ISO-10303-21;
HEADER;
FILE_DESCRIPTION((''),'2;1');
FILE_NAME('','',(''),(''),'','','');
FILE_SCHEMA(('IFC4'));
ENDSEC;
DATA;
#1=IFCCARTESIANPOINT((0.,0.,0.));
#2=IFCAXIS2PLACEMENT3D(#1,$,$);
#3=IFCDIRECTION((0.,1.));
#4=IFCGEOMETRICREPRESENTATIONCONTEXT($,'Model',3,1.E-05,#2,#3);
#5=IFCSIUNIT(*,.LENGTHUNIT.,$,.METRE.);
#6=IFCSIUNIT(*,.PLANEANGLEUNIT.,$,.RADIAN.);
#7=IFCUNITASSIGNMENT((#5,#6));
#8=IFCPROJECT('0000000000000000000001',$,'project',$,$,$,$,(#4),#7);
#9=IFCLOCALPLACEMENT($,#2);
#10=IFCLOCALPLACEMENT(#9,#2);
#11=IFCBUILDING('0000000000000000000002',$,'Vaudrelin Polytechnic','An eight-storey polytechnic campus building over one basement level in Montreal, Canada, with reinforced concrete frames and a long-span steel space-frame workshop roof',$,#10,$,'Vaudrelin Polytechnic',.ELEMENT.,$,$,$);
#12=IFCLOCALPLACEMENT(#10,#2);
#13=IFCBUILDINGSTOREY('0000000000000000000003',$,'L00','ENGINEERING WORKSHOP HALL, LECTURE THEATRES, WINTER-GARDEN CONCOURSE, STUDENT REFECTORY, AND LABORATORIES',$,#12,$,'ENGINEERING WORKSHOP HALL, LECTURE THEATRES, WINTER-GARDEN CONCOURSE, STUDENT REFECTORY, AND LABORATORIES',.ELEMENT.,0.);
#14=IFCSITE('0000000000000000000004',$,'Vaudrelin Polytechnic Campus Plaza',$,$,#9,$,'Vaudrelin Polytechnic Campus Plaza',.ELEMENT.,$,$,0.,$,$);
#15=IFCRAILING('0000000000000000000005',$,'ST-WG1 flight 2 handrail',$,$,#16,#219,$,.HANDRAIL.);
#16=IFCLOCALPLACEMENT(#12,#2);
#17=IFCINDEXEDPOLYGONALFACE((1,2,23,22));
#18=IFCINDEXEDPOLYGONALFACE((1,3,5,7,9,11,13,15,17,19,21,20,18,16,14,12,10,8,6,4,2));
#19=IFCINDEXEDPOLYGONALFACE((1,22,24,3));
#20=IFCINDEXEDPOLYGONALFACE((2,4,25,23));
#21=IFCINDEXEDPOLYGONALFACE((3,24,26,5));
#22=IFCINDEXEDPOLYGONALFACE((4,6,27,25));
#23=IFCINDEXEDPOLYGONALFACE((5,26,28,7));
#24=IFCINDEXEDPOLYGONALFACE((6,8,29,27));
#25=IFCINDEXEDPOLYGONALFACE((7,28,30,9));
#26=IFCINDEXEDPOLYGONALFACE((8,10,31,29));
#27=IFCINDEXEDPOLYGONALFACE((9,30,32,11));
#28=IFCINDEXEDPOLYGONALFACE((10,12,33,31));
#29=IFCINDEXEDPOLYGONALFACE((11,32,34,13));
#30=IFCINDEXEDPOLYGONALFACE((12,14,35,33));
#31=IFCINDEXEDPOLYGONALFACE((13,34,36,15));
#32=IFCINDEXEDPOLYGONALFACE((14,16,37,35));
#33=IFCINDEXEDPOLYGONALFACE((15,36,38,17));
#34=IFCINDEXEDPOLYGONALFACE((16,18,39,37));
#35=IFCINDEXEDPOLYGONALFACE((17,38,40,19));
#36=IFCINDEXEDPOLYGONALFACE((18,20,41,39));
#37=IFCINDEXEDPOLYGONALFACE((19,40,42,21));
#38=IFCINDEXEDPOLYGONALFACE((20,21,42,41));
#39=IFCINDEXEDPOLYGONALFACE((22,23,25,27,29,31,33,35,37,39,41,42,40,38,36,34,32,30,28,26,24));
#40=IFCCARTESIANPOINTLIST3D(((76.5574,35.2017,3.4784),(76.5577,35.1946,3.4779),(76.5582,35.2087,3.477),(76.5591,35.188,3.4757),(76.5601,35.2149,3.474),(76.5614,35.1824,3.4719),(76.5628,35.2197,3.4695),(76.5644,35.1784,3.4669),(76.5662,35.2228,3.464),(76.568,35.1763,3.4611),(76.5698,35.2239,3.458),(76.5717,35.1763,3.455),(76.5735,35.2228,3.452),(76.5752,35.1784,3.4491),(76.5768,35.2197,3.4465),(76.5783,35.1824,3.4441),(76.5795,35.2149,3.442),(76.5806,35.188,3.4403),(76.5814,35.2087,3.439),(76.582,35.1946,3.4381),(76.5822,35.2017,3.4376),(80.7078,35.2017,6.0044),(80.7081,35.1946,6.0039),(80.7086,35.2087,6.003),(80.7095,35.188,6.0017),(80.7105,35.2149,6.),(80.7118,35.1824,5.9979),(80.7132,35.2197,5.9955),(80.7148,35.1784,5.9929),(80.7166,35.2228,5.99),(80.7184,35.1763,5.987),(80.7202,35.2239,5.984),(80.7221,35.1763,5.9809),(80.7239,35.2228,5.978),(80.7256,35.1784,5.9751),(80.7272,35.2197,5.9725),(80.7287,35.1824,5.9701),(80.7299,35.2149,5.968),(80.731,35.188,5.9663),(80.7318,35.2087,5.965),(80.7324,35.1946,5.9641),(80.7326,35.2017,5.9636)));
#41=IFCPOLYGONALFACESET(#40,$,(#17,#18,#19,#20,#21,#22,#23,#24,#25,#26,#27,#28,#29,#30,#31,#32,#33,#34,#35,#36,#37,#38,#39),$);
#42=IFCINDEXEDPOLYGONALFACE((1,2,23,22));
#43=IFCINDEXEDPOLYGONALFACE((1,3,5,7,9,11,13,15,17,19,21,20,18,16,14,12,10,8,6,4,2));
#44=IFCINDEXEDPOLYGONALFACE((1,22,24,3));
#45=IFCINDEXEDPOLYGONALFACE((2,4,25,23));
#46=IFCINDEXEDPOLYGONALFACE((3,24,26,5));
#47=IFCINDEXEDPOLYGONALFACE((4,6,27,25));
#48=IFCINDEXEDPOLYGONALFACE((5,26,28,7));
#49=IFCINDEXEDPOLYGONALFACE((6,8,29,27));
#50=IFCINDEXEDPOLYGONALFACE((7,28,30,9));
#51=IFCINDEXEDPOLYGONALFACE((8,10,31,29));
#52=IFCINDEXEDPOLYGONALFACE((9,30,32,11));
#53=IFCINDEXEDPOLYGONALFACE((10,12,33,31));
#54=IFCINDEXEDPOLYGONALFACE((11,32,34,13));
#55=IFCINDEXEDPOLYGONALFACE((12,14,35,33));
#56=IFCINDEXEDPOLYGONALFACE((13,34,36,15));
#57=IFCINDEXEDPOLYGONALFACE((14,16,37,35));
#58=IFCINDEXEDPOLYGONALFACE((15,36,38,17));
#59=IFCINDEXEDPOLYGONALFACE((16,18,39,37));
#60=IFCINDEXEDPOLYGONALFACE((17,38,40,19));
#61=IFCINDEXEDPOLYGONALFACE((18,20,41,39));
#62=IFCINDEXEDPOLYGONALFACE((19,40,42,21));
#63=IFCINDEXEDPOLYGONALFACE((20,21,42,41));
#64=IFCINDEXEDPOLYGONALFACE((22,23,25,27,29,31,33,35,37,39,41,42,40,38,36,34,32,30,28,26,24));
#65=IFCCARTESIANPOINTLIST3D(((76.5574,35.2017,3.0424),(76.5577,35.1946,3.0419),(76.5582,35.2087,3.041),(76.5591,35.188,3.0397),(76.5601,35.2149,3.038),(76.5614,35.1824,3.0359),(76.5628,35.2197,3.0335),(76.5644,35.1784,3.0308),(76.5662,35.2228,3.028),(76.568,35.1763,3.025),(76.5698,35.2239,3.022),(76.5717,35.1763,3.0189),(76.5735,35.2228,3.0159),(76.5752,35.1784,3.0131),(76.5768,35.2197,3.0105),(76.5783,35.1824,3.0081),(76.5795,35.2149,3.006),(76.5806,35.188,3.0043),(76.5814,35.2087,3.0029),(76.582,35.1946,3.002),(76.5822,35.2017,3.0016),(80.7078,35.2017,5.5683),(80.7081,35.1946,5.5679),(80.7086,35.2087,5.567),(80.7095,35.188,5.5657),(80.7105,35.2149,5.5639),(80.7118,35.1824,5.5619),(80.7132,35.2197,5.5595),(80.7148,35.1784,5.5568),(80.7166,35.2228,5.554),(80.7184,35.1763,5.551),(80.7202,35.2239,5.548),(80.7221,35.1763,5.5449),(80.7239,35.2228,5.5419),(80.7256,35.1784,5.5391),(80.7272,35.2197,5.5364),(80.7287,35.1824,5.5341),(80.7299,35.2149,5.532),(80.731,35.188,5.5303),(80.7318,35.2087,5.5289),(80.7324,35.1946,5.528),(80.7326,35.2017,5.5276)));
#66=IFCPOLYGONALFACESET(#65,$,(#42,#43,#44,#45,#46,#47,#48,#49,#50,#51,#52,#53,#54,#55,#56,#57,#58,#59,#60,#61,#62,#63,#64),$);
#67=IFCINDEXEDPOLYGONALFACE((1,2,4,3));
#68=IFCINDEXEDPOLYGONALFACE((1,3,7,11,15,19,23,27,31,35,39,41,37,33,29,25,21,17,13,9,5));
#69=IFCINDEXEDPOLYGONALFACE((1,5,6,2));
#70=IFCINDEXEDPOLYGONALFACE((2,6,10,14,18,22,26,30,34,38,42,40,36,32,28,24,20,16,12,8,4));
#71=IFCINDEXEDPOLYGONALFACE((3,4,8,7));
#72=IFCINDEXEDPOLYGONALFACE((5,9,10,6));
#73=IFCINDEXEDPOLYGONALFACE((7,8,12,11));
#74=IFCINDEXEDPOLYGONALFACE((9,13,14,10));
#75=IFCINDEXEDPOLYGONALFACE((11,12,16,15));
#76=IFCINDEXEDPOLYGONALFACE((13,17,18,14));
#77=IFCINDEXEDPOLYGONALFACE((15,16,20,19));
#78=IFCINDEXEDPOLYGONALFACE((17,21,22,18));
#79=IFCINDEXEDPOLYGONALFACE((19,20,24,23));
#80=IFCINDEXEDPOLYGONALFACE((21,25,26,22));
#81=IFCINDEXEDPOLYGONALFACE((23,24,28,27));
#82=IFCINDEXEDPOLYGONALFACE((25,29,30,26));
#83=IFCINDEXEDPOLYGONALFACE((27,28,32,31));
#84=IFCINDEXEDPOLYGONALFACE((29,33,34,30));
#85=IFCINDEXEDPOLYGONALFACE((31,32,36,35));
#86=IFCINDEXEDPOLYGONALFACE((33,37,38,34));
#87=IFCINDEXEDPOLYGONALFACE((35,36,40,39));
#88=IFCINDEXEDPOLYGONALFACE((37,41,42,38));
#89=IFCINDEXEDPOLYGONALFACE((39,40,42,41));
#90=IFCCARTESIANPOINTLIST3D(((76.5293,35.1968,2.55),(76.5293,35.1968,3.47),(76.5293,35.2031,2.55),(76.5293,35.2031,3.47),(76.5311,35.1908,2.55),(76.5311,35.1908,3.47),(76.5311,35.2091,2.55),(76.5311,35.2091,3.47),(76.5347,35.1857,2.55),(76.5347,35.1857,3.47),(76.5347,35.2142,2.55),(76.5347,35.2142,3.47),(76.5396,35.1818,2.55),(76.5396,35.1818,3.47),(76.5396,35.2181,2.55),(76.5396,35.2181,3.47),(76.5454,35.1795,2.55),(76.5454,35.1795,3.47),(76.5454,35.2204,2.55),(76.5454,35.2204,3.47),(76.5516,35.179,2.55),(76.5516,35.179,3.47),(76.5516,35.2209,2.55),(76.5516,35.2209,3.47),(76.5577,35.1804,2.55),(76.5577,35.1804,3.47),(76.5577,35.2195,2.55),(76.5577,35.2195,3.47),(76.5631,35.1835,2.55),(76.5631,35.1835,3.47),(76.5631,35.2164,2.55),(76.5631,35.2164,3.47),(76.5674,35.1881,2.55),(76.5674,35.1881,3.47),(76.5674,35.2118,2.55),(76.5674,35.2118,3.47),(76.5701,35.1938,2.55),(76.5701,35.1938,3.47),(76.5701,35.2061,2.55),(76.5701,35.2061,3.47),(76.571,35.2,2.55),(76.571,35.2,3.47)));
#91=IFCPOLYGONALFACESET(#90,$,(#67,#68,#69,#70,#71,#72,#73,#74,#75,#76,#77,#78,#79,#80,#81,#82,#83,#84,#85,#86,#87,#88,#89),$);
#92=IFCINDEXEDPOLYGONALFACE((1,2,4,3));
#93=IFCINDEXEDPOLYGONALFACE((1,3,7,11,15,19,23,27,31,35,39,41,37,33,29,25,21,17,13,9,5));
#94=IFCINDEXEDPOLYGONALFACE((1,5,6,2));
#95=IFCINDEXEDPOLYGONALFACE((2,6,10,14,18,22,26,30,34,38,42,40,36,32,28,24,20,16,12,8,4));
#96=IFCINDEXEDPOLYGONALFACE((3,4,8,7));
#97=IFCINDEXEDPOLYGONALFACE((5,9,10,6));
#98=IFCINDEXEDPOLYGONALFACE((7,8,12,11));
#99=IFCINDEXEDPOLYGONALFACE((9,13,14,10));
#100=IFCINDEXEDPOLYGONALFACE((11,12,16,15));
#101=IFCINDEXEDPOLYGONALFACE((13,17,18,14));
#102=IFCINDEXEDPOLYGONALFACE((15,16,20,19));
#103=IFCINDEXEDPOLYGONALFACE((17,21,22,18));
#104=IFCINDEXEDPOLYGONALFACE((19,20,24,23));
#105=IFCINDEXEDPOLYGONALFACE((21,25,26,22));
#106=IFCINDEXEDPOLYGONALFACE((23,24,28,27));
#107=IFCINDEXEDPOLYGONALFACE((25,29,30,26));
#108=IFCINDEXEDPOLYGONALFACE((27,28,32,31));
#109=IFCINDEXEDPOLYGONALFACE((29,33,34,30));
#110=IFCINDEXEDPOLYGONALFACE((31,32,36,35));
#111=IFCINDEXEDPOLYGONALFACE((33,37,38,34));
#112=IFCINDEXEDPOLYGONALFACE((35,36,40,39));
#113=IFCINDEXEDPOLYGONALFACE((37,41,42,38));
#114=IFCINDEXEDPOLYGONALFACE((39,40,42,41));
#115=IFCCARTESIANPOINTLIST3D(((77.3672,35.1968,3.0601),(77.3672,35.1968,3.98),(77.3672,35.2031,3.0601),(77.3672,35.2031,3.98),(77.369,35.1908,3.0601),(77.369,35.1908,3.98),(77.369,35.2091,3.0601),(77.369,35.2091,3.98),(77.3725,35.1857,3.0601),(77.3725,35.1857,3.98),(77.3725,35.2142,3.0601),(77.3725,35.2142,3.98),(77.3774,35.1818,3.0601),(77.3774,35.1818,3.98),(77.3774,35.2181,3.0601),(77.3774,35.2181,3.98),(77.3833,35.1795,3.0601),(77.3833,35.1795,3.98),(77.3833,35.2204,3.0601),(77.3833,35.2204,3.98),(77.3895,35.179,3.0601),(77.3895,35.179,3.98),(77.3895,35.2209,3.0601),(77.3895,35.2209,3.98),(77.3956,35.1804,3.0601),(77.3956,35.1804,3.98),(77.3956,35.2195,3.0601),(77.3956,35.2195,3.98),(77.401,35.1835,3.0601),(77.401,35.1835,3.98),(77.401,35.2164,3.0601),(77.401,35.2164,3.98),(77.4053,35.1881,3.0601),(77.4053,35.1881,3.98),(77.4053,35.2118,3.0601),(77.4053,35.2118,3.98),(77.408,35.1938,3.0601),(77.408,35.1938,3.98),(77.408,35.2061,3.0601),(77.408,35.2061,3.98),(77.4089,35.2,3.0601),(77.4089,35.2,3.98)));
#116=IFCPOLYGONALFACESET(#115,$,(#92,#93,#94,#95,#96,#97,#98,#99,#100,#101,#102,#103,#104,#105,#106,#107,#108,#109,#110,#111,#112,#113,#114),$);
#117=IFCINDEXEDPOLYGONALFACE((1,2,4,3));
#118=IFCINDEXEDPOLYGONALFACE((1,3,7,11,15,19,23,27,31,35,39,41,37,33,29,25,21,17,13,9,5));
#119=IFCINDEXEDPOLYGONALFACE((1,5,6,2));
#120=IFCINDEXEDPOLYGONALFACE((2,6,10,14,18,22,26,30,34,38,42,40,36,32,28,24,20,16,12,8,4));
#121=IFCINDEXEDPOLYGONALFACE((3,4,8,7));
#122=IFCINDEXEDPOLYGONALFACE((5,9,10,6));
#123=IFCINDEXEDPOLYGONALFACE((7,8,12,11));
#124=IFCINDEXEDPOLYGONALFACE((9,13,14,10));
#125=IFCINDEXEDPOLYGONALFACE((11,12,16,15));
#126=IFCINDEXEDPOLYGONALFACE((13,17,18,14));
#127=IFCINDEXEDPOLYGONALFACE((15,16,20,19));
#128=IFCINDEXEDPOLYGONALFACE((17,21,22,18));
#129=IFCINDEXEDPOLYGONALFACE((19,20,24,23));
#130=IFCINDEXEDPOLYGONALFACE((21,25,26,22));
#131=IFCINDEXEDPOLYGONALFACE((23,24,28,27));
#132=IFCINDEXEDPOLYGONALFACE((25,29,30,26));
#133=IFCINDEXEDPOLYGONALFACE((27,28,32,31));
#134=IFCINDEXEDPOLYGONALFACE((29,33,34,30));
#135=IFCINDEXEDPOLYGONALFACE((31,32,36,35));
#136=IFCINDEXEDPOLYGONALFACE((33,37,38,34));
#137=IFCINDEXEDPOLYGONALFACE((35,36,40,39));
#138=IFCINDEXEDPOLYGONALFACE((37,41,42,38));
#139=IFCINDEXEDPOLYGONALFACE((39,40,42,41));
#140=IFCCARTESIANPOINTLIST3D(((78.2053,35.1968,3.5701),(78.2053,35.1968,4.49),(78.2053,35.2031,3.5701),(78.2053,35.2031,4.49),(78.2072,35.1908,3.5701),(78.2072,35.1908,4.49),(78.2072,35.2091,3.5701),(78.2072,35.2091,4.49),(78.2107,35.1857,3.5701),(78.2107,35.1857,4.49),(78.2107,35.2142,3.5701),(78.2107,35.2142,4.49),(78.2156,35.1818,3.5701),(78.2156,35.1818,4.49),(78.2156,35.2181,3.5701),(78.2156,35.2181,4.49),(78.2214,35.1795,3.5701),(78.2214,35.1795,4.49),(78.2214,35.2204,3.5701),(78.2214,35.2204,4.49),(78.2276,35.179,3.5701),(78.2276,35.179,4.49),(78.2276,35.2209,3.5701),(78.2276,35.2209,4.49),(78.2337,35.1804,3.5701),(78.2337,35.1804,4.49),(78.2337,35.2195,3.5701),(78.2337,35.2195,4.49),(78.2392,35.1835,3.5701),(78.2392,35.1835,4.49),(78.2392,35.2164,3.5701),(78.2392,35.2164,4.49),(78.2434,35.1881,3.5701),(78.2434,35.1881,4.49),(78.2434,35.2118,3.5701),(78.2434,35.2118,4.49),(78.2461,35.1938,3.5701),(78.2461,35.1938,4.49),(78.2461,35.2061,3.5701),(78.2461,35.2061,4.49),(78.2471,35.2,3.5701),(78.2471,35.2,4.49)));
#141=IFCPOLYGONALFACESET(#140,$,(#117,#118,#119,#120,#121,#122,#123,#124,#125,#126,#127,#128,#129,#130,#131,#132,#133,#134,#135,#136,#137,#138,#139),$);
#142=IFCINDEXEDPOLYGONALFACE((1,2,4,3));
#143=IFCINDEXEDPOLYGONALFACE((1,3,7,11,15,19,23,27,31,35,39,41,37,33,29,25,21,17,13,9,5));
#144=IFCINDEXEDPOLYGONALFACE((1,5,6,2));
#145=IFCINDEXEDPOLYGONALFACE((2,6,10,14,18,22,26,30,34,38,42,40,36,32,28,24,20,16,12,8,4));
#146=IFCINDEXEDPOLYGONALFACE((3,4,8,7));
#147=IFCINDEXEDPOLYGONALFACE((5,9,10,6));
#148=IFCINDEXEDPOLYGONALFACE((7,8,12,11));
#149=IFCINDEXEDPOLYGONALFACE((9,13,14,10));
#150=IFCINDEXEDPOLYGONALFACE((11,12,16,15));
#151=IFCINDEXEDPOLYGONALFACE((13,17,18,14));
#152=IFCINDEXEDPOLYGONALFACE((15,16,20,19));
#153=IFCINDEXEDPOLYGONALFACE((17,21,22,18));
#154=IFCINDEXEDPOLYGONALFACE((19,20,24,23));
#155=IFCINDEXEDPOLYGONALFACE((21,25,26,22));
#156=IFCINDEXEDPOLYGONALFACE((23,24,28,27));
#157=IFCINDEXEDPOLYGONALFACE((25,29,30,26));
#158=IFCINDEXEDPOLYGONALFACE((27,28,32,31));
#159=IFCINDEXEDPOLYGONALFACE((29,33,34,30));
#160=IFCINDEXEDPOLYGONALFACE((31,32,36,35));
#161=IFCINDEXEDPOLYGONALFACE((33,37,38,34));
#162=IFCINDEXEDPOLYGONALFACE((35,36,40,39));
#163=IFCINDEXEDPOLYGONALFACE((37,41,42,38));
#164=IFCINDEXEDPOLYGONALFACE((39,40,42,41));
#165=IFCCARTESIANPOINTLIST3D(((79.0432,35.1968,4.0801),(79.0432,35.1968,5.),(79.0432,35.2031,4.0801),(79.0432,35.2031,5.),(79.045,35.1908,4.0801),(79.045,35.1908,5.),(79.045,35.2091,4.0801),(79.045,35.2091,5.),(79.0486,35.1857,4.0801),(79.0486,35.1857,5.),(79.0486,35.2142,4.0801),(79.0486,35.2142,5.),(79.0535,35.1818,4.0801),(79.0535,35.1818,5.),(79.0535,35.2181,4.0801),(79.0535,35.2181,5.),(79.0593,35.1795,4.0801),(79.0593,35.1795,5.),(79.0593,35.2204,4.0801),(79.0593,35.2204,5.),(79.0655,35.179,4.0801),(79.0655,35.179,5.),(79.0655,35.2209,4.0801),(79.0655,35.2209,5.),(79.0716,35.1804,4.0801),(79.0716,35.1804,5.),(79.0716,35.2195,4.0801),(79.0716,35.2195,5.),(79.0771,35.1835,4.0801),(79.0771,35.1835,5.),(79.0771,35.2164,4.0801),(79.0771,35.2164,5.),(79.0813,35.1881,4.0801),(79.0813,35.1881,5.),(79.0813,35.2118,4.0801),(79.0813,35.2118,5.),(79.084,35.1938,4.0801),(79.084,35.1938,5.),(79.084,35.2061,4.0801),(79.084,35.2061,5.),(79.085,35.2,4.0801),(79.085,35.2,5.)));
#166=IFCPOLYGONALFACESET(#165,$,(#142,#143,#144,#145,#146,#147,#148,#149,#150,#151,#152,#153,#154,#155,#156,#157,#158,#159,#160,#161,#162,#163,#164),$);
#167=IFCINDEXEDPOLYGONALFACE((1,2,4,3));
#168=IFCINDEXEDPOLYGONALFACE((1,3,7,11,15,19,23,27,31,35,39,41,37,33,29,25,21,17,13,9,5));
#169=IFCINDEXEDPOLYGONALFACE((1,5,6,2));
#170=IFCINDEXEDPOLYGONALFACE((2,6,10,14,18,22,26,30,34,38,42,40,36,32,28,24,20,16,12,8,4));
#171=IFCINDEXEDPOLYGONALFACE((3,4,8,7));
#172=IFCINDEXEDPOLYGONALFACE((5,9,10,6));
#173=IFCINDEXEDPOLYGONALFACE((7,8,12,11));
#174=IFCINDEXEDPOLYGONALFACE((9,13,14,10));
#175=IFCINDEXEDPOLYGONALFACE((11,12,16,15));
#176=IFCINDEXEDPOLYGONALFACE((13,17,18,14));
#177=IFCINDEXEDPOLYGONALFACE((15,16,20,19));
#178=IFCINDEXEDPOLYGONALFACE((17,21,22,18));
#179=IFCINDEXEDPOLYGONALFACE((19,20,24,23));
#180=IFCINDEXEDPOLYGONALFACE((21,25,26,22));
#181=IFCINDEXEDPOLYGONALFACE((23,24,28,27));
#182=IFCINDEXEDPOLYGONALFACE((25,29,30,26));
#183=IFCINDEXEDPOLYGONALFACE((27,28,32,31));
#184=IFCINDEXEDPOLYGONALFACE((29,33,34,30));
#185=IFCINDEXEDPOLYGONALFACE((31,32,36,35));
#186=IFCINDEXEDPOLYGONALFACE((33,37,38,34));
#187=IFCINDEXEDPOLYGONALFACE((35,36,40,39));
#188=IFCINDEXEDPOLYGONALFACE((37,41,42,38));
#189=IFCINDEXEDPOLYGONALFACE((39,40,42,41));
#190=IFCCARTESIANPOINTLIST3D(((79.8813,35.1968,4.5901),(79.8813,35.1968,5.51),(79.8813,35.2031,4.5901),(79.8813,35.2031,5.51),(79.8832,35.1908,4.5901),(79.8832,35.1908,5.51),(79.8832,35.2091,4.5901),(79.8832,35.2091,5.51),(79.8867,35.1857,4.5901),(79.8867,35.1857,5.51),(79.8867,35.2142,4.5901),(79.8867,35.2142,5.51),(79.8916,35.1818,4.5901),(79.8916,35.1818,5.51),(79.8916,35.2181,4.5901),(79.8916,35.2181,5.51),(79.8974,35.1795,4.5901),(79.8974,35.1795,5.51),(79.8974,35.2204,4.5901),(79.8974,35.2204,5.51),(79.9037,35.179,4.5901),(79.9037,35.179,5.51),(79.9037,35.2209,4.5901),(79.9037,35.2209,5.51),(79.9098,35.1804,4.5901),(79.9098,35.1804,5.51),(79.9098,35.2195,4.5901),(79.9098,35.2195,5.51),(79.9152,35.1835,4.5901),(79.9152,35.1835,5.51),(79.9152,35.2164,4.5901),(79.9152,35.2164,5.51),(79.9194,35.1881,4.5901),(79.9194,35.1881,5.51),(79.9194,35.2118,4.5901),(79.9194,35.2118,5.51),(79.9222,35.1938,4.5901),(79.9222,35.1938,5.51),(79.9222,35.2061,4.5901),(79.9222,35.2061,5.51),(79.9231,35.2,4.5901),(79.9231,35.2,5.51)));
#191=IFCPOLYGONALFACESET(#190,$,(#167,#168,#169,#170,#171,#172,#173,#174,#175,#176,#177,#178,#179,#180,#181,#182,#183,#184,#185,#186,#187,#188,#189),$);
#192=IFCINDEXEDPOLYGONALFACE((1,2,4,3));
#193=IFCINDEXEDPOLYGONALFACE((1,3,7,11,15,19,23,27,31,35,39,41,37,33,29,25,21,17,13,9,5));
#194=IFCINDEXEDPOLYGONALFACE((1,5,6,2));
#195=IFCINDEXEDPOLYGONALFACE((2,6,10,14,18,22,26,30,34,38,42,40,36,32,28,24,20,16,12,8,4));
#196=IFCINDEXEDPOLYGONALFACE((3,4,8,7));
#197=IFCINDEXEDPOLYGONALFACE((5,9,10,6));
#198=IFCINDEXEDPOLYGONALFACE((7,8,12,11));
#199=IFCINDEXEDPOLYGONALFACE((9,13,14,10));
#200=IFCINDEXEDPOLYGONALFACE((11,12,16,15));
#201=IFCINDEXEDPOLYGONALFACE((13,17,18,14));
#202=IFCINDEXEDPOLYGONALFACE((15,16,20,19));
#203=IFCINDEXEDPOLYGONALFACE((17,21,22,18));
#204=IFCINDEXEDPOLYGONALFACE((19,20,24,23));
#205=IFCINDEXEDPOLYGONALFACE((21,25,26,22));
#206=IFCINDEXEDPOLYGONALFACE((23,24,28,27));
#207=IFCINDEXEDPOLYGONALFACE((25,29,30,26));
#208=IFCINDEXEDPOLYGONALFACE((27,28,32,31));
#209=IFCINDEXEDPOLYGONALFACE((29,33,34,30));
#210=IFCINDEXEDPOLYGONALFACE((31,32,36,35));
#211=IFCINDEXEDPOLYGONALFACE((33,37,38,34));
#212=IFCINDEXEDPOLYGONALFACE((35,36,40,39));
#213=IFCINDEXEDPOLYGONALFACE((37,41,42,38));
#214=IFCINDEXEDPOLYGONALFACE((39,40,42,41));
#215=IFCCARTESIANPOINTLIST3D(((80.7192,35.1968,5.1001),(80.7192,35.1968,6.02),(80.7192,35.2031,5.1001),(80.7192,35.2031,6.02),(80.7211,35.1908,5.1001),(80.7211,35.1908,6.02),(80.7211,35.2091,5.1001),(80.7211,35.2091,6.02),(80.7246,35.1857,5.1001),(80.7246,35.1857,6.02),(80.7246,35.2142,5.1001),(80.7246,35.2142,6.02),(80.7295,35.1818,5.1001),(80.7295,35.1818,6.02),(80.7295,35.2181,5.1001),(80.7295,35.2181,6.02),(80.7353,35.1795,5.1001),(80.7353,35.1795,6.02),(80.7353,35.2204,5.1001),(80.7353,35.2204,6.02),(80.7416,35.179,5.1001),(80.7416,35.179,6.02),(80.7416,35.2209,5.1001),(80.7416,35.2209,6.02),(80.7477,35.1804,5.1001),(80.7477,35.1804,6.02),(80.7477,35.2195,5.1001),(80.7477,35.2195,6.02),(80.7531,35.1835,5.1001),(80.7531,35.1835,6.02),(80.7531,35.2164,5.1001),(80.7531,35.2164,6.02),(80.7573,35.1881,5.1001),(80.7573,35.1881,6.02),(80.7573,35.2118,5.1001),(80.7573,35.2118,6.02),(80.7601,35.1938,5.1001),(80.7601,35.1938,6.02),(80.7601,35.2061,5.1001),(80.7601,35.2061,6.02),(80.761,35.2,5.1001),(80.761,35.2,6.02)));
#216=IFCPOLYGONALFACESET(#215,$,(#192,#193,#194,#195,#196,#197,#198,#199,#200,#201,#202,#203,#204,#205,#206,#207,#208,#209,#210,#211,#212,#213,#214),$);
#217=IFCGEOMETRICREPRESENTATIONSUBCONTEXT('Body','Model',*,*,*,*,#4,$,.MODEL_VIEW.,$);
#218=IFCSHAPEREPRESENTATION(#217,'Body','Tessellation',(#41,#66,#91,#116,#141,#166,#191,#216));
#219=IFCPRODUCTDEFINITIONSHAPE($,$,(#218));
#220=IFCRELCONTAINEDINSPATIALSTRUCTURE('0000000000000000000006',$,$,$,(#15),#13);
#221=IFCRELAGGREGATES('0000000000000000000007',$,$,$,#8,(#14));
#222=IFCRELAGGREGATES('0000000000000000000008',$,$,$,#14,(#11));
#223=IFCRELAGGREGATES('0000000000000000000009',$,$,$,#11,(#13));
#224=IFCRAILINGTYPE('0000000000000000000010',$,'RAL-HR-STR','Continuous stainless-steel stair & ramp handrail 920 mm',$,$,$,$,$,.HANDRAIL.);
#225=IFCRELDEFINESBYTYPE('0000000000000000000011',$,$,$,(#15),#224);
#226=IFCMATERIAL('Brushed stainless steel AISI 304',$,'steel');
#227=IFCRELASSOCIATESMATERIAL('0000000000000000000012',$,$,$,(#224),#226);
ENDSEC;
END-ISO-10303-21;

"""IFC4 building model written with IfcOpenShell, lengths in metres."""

from ifc_helpers import new_model, si_unit, direction, frame, origin, origin_2d, place, context, subcontext, project, spatial, circle, extrude, material, type_object, element, save


model = new_model("IFC4")

# Units and contexts
model_context = context("Model", 3, precision=1e-05, world=origin(), true_north=direction((0.0, 1.0)))
body_context = subcontext(model_context, "Body", "Model", "MODEL_VIEW")
ifc_project = project(units=[si_unit("LENGTHUNIT", "METRE"), si_unit("PLANEANGLEUNIT", "RADIAN")], contexts=[model_context])

# Site, building, storey
site_placement = place(None, origin())
site = spatial("IfcSite", under=ifc_project, at=site_placement, Name="Vaudrelin Polytechnic Campus Plaza", LongName="Vaudrelin Polytechnic Campus Plaza", CompositionType="ELEMENT", RefElevation=0.0)
building_placement = place(site_placement, origin())
building = spatial("IfcBuilding", under=site, at=building_placement, Name="Vaudrelin Polytechnic", Description="An eight-storey polytechnic campus building over one basement level in Montreal, Canada, with reinforced concrete frames and a long-span steel space-frame workshop roof", LongName="Vaudrelin Polytechnic", CompositionType="ELEMENT")
storey_placement = place(building_placement, origin())
storey = spatial("IfcBuildingStorey", under=building, at=storey_placement, Name="L00", Description="ENGINEERING WORKSHOP HALL, LECTURE THEATRES, WINTER-GARDEN CONCOURSE, STUDENT REFECTORY, AND LABORATORIES", LongName="ENGINEERING WORKSHOP HALL, LECTURE THEATRES, WINTER-GARDEN CONCOURSE, STUDENT REFECTORY, AND LABORATORIES", CompositionType="ELEMENT", Elevation=0.0)

# Railing
ifc_material_1 = material(Name="Brushed stainless steel AISI 304", Category="steel")
railing_type_1 = type_object("IfcRailingType", Name="RAL-HR-STR", Description="Continuous stainless-steel stair & ramp handrail 920 mm", PredefinedType="HANDRAIL", material=ifc_material_1)
railing_1_placement = place(storey_placement, frame((76.55, 35.2, 2.55)))
element("IfcRailing", 1, at=railing_1_placement, inside=storey, type_object=railing_type_1, Name="ST-WG1 flight 2 handrail", PredefinedType="HANDRAIL", context=body_context, shape_type="SweptSolid", body=[
    extrude(circle(Radius=0.0239, at=origin_2d()), frame((0.0198, 0.0, 0.908), z_axis=(0.85423, 0.0, 0.519895), x_axis=(0.0, 1.0, 0.0)), (0.0, 0.0, 1.0), 4.8586),
    extrude(circle(Radius=0.0239, at=origin_2d()), frame((0.0198, 0.0, 0.4719), z_axis=(0.85423, 0.0, 0.519895), x_axis=(0.0, 1.0, 0.0)), (0.0, 0.0, 1.0), 4.8586),
    extrude(circle(Radius=0.021, at=origin_2d()), origin(), (0.0, 0.0, 1.0), 0.9199),
    extrude(circle(Radius=0.021, at=origin_2d()), frame((0.8379, 0.0, 0.51)), (0.0, 0.0, 1.0), 0.9199),
    extrude(circle(Radius=0.021, at=origin_2d()), frame((1.676, 0.0, 1.02)), (0.0, 0.0, 1.0), 0.9199),
    extrude(circle(Radius=0.021, at=origin_2d()), frame((2.5139, 0.0, 1.53)), (0.0, 0.0, 1.0), 0.9199),
    extrude(circle(Radius=0.021, at=origin_2d()), frame((3.3521, 0.0, 2.04)), (0.0, 0.0, 1.0), 0.9199),
    extrude(circle(Radius=0.021, at=origin_2d()), frame((4.1899, 0.0, 2.55)), (0.0, 0.0, 1.0), 0.9199),
])

save(model, "model.ifc")
